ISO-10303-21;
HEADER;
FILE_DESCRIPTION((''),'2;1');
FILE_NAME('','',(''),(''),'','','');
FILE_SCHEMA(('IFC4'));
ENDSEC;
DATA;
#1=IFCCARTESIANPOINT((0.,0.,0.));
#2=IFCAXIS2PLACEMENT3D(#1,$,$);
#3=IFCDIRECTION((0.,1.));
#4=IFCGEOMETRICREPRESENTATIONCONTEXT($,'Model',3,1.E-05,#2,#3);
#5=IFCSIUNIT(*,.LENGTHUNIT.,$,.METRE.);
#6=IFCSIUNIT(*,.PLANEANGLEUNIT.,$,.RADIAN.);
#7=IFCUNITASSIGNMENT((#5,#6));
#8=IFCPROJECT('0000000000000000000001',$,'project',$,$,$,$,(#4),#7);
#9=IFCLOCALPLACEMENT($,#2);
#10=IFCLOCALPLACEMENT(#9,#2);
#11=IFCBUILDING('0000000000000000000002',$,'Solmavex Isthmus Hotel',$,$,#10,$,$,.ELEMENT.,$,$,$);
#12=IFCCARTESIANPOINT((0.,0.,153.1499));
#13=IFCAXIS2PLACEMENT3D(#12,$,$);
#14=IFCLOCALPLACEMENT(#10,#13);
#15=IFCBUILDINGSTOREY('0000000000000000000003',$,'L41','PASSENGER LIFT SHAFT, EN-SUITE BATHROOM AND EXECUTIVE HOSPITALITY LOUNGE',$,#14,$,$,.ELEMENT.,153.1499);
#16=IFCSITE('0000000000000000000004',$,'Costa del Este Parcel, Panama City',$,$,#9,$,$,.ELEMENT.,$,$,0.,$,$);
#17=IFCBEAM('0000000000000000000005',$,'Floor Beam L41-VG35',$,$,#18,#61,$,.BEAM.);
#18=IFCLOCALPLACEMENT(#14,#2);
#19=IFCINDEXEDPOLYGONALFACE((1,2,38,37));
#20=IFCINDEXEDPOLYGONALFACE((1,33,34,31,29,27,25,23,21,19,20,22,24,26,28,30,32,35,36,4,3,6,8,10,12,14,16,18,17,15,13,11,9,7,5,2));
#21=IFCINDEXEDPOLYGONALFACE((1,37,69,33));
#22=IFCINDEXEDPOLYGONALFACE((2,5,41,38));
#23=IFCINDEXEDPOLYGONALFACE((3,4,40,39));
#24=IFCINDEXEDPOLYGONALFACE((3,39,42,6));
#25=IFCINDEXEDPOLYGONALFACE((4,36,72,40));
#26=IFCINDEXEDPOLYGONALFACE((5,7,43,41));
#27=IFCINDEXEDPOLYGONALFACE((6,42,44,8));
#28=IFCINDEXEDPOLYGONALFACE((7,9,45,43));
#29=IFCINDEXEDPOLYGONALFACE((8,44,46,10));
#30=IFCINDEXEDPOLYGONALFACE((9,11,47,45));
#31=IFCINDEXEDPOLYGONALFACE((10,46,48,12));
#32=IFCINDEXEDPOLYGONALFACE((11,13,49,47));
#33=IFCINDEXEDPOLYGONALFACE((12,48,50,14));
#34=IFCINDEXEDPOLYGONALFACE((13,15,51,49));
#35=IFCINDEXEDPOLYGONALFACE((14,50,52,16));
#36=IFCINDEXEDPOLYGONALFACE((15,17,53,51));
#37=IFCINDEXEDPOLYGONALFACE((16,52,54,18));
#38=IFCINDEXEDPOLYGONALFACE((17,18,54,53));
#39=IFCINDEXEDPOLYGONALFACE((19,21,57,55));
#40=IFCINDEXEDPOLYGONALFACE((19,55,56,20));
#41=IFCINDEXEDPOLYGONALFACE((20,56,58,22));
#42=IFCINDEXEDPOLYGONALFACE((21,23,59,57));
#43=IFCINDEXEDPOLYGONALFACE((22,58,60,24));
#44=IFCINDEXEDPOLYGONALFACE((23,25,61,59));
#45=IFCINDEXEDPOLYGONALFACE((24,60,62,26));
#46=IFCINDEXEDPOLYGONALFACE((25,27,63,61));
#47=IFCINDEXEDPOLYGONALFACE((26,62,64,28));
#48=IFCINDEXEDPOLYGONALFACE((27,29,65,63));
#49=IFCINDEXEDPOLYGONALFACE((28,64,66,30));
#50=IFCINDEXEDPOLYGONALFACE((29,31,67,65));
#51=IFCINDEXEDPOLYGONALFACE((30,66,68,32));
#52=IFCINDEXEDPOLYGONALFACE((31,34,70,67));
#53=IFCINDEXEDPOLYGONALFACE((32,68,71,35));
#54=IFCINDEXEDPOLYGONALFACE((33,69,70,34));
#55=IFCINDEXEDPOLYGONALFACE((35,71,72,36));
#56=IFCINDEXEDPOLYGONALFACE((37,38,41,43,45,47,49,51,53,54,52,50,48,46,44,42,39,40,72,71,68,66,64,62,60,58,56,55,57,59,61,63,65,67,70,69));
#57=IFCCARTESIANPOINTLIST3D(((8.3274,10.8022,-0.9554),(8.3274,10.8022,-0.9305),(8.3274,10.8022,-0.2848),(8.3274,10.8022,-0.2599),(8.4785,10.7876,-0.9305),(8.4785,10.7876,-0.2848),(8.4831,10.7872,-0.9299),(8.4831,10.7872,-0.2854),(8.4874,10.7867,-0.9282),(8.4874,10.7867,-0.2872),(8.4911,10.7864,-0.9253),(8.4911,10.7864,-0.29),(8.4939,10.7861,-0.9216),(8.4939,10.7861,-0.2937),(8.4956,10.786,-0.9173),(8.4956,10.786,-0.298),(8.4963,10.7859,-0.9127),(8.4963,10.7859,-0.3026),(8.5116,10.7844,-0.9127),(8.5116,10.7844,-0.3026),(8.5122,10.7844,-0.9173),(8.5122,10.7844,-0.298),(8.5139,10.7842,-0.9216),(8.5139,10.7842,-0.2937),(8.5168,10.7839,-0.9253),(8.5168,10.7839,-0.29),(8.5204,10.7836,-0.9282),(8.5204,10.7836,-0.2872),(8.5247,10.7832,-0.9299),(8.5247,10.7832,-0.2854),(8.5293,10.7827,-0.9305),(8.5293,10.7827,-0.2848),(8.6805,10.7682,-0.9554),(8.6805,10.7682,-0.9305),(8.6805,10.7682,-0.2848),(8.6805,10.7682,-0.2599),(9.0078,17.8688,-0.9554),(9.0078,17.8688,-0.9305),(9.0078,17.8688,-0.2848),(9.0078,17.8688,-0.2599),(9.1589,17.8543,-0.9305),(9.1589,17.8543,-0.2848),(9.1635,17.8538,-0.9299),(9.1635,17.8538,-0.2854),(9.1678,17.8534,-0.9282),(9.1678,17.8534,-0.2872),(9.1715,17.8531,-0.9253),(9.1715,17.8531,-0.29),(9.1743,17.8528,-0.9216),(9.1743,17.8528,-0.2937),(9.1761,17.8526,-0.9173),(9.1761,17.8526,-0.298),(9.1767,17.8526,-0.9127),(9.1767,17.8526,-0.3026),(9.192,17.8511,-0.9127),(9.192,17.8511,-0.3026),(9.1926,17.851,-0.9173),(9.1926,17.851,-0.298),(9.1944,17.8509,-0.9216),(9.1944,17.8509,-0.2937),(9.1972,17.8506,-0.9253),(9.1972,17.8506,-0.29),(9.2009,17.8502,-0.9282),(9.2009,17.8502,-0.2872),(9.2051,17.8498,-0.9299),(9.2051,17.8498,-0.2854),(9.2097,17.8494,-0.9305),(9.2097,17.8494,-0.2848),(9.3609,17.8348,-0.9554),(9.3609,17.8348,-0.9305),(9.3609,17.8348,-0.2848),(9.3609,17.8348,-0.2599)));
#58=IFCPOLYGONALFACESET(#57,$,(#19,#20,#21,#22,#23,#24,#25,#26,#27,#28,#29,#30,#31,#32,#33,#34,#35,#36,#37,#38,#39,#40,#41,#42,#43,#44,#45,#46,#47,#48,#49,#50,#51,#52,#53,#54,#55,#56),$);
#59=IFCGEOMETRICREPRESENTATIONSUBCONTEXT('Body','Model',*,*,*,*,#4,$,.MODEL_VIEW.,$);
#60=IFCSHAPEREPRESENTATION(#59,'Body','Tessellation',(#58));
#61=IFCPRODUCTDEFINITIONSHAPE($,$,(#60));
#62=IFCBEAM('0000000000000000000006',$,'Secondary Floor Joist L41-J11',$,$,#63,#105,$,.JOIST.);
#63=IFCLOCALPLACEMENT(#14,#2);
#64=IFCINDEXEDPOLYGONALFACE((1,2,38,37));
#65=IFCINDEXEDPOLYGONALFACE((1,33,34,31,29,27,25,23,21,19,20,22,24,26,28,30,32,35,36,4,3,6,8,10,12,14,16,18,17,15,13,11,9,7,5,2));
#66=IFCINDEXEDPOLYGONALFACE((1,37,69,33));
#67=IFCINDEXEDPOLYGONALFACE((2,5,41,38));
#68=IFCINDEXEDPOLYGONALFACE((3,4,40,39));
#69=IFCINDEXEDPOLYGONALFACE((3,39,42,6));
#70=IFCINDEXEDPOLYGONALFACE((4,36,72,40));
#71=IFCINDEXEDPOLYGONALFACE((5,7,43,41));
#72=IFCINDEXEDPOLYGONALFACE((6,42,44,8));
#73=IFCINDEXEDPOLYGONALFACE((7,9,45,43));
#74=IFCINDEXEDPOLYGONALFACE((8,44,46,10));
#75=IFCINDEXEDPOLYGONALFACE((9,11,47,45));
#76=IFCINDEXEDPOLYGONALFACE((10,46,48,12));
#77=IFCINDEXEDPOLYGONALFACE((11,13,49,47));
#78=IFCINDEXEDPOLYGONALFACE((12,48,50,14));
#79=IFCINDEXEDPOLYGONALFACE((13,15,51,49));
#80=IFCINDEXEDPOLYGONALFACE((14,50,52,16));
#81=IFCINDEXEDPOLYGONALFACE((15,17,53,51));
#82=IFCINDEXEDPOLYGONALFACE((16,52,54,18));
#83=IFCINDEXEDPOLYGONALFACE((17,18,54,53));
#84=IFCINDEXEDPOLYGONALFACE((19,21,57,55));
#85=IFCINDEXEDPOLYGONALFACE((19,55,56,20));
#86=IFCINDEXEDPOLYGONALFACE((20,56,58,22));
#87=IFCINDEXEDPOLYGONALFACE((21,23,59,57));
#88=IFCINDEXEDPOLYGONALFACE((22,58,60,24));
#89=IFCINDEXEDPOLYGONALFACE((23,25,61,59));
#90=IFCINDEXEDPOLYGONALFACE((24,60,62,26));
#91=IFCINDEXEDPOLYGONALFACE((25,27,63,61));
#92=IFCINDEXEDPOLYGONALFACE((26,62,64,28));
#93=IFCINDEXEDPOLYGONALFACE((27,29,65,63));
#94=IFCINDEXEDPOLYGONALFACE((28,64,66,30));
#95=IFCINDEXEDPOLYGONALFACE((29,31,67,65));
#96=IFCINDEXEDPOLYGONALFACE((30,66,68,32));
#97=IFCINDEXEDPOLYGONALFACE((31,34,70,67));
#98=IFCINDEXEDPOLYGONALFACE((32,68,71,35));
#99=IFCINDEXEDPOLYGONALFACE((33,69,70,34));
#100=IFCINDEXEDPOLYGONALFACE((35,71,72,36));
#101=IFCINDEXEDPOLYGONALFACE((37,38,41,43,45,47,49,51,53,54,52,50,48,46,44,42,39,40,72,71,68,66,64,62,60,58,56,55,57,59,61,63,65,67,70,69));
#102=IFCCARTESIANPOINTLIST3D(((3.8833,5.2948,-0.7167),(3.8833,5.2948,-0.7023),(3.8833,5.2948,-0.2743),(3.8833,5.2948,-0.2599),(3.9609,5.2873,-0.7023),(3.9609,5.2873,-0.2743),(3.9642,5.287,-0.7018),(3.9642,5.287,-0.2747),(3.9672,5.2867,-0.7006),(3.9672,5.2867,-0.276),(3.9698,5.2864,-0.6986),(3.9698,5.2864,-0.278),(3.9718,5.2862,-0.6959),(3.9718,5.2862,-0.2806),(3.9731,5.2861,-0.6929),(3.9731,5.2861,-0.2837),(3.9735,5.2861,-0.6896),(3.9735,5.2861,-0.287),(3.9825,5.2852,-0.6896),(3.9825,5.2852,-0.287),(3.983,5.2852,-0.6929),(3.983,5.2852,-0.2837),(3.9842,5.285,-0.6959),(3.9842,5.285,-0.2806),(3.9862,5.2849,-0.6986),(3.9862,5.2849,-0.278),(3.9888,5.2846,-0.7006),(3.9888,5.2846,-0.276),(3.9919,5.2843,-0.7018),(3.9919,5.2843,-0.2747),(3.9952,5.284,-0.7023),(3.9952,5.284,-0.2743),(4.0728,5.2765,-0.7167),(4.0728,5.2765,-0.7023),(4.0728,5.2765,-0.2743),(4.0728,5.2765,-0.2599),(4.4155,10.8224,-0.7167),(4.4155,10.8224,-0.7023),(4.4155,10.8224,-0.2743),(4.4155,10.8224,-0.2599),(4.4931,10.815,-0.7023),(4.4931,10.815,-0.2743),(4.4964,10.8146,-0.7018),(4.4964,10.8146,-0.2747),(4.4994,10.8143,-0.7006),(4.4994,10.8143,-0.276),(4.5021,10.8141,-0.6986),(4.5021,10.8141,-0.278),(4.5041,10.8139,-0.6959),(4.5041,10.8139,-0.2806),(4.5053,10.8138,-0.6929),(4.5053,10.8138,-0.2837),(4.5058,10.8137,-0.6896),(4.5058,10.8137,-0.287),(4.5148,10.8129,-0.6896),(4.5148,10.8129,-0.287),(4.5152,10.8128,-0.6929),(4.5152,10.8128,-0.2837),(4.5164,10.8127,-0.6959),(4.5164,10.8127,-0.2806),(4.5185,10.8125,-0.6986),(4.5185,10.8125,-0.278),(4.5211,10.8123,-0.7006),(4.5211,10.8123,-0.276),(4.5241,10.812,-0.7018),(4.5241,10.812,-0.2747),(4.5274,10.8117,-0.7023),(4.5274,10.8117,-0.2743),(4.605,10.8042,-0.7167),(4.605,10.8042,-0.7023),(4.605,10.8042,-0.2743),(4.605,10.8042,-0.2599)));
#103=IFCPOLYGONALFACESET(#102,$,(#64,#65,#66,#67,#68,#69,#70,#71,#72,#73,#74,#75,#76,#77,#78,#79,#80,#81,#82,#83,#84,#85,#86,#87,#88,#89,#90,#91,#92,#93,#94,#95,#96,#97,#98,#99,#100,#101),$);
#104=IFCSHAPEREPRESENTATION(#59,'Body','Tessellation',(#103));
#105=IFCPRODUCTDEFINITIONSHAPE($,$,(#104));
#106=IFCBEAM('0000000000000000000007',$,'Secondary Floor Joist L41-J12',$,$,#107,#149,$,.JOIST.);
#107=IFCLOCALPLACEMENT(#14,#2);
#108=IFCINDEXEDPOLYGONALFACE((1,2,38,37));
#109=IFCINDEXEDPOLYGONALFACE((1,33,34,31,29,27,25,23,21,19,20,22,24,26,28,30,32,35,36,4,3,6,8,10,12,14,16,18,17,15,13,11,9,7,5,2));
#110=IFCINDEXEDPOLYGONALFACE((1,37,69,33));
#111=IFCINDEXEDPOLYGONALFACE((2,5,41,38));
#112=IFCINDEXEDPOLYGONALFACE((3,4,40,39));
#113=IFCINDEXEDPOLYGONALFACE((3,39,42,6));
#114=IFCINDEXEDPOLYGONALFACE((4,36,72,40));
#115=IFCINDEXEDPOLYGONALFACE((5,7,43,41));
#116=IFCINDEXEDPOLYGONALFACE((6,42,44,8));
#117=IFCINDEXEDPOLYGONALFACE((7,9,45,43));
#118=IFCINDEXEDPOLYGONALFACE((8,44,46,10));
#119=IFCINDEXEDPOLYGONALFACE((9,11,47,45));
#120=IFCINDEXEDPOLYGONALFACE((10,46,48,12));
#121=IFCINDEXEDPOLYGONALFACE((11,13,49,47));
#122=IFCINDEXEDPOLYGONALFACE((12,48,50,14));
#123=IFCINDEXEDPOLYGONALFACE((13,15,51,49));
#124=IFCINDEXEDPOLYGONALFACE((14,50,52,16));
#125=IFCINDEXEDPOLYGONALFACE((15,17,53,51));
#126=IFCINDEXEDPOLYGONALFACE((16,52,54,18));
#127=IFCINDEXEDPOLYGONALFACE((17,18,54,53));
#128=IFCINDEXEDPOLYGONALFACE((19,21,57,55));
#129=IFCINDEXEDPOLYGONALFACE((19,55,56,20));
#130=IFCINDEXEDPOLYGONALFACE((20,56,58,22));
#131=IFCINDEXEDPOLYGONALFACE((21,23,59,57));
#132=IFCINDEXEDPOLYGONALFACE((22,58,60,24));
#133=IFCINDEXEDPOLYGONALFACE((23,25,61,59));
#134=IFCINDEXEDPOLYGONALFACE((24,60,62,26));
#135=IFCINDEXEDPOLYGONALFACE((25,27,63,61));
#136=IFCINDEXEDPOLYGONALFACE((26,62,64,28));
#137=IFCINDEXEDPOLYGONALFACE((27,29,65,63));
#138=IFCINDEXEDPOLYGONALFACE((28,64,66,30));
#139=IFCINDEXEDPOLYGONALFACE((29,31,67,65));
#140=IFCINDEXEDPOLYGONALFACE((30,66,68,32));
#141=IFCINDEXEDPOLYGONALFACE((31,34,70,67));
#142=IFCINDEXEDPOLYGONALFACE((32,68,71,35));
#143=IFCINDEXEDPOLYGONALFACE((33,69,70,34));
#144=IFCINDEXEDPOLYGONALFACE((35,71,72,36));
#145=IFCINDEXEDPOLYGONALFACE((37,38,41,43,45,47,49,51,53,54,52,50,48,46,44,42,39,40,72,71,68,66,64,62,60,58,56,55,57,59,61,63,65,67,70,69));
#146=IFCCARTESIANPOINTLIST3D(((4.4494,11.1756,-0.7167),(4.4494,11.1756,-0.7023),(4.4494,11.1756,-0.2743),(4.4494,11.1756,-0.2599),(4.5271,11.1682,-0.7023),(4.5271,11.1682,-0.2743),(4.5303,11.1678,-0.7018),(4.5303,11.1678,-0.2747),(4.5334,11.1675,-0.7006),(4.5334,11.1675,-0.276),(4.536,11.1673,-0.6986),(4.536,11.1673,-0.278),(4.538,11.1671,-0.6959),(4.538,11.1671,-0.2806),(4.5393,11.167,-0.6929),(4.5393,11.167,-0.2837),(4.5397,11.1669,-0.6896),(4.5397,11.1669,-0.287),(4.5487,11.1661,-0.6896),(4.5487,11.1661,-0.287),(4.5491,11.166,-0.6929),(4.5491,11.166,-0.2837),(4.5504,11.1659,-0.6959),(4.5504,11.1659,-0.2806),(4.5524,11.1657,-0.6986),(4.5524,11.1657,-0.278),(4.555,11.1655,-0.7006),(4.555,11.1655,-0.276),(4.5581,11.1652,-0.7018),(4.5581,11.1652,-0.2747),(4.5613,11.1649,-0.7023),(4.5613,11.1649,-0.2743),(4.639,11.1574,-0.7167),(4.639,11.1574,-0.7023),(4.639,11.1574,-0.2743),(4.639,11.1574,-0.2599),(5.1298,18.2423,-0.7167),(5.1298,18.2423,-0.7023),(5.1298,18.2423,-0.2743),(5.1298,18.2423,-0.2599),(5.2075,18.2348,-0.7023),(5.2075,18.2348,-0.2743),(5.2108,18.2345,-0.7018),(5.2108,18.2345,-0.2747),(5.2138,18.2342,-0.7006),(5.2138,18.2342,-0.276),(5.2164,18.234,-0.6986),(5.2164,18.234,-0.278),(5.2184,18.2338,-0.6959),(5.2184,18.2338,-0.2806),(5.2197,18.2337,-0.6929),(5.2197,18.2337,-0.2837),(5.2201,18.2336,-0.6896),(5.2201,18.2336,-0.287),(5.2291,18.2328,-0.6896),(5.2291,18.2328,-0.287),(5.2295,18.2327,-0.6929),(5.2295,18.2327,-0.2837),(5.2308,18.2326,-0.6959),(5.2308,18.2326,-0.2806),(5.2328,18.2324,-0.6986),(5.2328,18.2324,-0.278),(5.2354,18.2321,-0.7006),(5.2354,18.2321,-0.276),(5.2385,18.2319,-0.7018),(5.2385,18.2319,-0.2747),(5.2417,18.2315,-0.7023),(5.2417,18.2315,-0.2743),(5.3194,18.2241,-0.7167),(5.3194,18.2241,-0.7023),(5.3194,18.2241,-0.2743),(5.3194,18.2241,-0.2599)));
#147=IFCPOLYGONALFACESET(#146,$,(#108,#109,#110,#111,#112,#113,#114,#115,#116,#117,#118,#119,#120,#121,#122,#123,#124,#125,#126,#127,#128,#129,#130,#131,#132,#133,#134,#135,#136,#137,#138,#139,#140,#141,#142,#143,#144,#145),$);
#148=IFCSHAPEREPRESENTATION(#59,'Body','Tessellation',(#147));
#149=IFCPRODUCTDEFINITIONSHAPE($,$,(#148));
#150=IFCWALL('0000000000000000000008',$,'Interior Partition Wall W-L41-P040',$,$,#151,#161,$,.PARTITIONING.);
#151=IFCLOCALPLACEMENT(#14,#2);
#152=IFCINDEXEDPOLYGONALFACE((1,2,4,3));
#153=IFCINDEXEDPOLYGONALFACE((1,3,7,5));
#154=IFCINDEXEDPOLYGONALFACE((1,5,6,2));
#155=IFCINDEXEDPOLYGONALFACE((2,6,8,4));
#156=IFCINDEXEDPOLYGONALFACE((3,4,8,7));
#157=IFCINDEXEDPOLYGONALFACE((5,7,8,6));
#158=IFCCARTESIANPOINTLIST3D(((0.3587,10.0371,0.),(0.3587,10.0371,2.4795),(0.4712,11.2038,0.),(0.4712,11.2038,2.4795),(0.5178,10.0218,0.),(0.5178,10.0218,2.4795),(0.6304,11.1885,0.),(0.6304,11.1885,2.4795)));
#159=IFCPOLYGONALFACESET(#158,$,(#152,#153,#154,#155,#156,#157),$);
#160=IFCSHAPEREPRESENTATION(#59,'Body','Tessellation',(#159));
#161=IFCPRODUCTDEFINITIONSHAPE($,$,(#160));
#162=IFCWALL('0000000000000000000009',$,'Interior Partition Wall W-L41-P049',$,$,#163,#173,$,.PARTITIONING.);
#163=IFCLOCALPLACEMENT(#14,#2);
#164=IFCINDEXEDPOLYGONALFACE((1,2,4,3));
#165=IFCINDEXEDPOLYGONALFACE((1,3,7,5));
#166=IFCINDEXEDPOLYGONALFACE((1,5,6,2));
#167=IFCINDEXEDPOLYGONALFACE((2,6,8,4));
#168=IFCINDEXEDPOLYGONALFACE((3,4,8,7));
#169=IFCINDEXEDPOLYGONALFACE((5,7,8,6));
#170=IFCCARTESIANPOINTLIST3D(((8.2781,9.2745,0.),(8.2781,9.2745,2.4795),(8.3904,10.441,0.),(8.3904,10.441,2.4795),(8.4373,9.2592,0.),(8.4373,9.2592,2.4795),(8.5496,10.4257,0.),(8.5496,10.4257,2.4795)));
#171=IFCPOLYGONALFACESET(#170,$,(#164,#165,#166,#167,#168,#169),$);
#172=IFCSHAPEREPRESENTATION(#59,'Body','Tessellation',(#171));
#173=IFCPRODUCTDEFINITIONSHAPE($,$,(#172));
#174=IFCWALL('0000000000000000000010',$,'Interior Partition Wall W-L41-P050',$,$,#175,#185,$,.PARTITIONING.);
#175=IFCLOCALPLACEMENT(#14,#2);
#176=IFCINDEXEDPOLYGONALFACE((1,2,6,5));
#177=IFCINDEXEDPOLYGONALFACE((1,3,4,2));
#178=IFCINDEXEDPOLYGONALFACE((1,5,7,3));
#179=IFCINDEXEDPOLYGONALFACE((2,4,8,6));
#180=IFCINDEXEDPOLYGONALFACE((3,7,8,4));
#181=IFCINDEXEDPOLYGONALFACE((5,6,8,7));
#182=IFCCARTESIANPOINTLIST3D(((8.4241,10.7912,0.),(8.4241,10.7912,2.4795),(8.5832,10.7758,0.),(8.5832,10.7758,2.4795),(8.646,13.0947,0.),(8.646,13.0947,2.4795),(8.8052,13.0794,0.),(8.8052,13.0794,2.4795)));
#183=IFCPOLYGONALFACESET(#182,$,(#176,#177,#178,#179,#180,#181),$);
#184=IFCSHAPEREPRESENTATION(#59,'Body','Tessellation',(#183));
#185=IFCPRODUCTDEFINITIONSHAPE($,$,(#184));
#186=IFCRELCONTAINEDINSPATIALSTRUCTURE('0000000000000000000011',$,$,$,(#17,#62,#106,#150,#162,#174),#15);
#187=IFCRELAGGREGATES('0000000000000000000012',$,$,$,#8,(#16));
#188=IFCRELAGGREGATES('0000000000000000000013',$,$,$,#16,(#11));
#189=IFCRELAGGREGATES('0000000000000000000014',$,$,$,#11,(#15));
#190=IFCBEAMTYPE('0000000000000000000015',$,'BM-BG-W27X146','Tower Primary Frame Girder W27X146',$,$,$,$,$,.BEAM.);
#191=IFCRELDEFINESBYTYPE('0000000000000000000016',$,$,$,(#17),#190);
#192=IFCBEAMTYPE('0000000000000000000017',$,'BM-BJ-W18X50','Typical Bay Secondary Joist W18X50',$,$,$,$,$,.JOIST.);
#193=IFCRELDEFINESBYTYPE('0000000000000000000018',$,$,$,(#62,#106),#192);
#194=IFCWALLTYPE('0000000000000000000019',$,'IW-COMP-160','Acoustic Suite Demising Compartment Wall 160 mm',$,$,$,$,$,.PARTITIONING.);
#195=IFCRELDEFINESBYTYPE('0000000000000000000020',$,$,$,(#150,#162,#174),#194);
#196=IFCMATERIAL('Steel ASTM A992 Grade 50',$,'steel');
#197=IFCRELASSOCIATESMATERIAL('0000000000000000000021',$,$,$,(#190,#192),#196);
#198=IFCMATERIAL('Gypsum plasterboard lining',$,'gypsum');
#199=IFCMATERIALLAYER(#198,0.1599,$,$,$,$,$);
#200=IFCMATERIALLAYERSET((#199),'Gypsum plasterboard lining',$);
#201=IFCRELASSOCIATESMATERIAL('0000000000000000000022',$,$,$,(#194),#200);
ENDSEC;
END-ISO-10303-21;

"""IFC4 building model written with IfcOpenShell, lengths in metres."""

from ifc_helpers import new_model, si_unit, direction, frame, frame_2d, origin, origin_2d, place, context, subcontext, project, spatial, rectangle, i_section, extrude, material, layer, layer_set, material_profile, profile_set, type_object, element, save


model = new_model("IFC4")

# Units and contexts
model_context = context("Model", 3, precision=1e-05, world=origin(), true_north=direction((0.0, 1.0)))
body_context = subcontext(model_context, "Body", "Model", "MODEL_VIEW")
ifc_project = project(units=[si_unit("LENGTHUNIT", "METRE"), si_unit("PLANEANGLEUNIT", "RADIAN")], contexts=[model_context])

# Site, building, storey
site_placement = place(None, origin())
site = spatial("IfcSite", under=ifc_project, at=site_placement, Name="Costa del Este Parcel, Panama City", CompositionType="ELEMENT", RefElevation=0.0)
building_placement = place(site_placement, origin())
building = spatial("IfcBuilding", under=site, at=building_placement, Name="Solmavex Isthmus Hotel", CompositionType="ELEMENT")
storey_placement = place(building_placement, frame((0.0, 0.0, 153.1499)))
storey = spatial("IfcBuildingStorey", under=building, at=storey_placement, Name="L41", Description="PASSENGER LIFT SHAFT, EN-SUITE BATHROOM AND EXECUTIVE HOSPITALITY LOUNGE", CompositionType="ELEMENT", Elevation=153.1499)

# Beams
ifc_material_1 = material(Name="Steel ASTM A992 Grade 50", Category="steel")
ifc_material_profile_1 = material_profile(ifc_material_1, i_section(OverallWidth=0.3547, OverallDepth=0.6956, WebThickness=0.0154, FlangeThickness=0.0249, FilletRadius=0.0178, at=origin_2d()), Name="W27X146")
ifc_profile_set_1 = profile_set([ifc_material_profile_1], Name="Steel ASTM A992 Grade 50")
beam_type_1 = type_object("IfcBeamType", Name="BM-BG-W27X146", Description="Tower Primary Frame Girder W27X146", PredefinedType="BEAM", material=ifc_profile_set_1)
beam_1_placement = place(storey_placement, frame((8.5039, 10.7852, -0.6077), z_axis=(0.095843, 0.995396, 0.0), x_axis=(-0.995396, 0.095843, 0.0)))
element("IfcBeam", 1, at=beam_1_placement, inside=storey, type_object=beam_type_1, Name="Floor Beam L41-VG35", PredefinedType="BEAM", context=body_context, shape_type="SweptSolid", body=[
    extrude(i_section(OverallWidth=0.3547, OverallDepth=0.6956, WebThickness=0.0154, FlangeThickness=0.0249, FilletRadius=0.0178, at=origin_2d()), origin(), (0.0, 0.0, 1.0), 7.0994),
])
ifc_material_profile_2 = material_profile(ifc_material_1, i_section(OverallWidth=0.1904, OverallDepth=0.4568, WebThickness=0.009, FlangeThickness=0.0144, FilletRadius=0.0127, at=origin_2d()), Name="W18X50")
ifc_profile_set_2 = profile_set([ifc_material_profile_2], Name="Steel ASTM A992 Grade 50")
beam_type_2 = type_object("IfcBeamType", Name="BM-BJ-W18X50", Description="Typical Bay Secondary Joist W18X50", PredefinedType="JOIST", material=ifc_profile_set_2)
beam_2_placement = place(storey_placement, frame((3.978, 5.2856, -0.4883), z_axis=(0.095842, 0.995397, 0.0), x_axis=(-0.995397, 0.095842, 0.0)))
element("IfcBeam", 2, at=beam_2_placement, inside=storey, type_object=beam_type_2, Name="Secondary Floor Joist L41-J11", PredefinedType="JOIST", context=body_context, shape_type="SweptSolid", body=[
    extrude(i_section(OverallWidth=0.1904, OverallDepth=0.4568, WebThickness=0.009, FlangeThickness=0.0144, FilletRadius=0.0127, at=origin_2d()), origin(), (0.0, 0.0, 1.0), 5.5532),
])
beam_3_placement = place(storey_placement, frame((4.5442, 11.1665, -0.4883), z_axis=(0.095843, 0.995396, 0.0), x_axis=(-0.995396, 0.095843, 0.0)))
element("IfcBeam", 3, at=beam_3_placement, inside=storey, type_object=beam_type_2, Name="Secondary Floor Joist L41-J12", PredefinedType="JOIST", context=body_context, shape_type="SweptSolid", body=[
    extrude(i_section(OverallWidth=0.1904, OverallDepth=0.4568, WebThickness=0.009, FlangeThickness=0.0144, FilletRadius=0.0127, at=origin_2d()), origin(), (0.0, 0.0, 1.0), 7.0994),
])

# Walls
ifc_material_2 = material(Name="Gypsum plasterboard lining", Category="gypsum")
ifc_layer_1 = layer(ifc_material_2, 0.1599)
ifc_layer_set_1 = layer_set([ifc_layer_1], Name="Gypsum plasterboard lining")
wall_type_1 = type_object("IfcWallType", Name="IW-COMP-160", Description="Acoustic Suite Demising Compartment Wall 160 mm", PredefinedType="PARTITIONING", material=ifc_layer_set_1)
wall_1_placement = place(storey_placement, frame((0.5508, 11.196, 0.0), z_axis=(0.0, 0.0, 1.0), x_axis=(-0.096018, -0.99538, 0.0)))
element("IfcWall", 4, at=wall_1_placement, inside=storey, type_object=wall_type_1, Name="Interior Partition Wall W-L41-P040", PredefinedType="PARTITIONING", context=body_context, shape_type="SweptSolid", body=[
    extrude(rectangle(XDim=1.1721, YDim=0.1599, at=frame_2d((0.5859, 0.0))), origin(), (0.0, 0.0, 1.0), 2.4795),
])
wall_2_placement = place(storey_placement, frame((8.47, 10.4333, 0.0), z_axis=(0.0, 0.0, 1.0), x_axis=(-0.095831, -0.995398, 0.0)))
element("IfcWall", 5, at=wall_2_placement, inside=storey, type_object=wall_type_1, Name="Interior Partition Wall W-L41-P049", PredefinedType="PARTITIONING", context=body_context, shape_type="SweptSolid", body=[
    extrude(rectangle(XDim=1.1719, YDim=0.1599, at=frame_2d((0.5859, 0.0))), origin(), (0.0, 0.0, 1.0), 2.4795),
])
wall_3_placement = place(storey_placement, frame((8.7256, 13.0872, 0.0), z_axis=(0.0, 0.0, 1.0), x_axis=(-0.095899, -0.995391, 0.0)))
element("IfcWall", 6, at=wall_3_placement, inside=storey, type_object=wall_type_1, Name="Interior Partition Wall W-L41-P050", PredefinedType="PARTITIONING", context=body_context, shape_type="SweptSolid", body=[
    extrude(rectangle(XDim=2.3142, YDim=0.1599, at=frame_2d((1.1572, 0.0))), origin(), (0.0, 0.0, 1.0), 2.4795),
])

save(model, "model.ifc")
